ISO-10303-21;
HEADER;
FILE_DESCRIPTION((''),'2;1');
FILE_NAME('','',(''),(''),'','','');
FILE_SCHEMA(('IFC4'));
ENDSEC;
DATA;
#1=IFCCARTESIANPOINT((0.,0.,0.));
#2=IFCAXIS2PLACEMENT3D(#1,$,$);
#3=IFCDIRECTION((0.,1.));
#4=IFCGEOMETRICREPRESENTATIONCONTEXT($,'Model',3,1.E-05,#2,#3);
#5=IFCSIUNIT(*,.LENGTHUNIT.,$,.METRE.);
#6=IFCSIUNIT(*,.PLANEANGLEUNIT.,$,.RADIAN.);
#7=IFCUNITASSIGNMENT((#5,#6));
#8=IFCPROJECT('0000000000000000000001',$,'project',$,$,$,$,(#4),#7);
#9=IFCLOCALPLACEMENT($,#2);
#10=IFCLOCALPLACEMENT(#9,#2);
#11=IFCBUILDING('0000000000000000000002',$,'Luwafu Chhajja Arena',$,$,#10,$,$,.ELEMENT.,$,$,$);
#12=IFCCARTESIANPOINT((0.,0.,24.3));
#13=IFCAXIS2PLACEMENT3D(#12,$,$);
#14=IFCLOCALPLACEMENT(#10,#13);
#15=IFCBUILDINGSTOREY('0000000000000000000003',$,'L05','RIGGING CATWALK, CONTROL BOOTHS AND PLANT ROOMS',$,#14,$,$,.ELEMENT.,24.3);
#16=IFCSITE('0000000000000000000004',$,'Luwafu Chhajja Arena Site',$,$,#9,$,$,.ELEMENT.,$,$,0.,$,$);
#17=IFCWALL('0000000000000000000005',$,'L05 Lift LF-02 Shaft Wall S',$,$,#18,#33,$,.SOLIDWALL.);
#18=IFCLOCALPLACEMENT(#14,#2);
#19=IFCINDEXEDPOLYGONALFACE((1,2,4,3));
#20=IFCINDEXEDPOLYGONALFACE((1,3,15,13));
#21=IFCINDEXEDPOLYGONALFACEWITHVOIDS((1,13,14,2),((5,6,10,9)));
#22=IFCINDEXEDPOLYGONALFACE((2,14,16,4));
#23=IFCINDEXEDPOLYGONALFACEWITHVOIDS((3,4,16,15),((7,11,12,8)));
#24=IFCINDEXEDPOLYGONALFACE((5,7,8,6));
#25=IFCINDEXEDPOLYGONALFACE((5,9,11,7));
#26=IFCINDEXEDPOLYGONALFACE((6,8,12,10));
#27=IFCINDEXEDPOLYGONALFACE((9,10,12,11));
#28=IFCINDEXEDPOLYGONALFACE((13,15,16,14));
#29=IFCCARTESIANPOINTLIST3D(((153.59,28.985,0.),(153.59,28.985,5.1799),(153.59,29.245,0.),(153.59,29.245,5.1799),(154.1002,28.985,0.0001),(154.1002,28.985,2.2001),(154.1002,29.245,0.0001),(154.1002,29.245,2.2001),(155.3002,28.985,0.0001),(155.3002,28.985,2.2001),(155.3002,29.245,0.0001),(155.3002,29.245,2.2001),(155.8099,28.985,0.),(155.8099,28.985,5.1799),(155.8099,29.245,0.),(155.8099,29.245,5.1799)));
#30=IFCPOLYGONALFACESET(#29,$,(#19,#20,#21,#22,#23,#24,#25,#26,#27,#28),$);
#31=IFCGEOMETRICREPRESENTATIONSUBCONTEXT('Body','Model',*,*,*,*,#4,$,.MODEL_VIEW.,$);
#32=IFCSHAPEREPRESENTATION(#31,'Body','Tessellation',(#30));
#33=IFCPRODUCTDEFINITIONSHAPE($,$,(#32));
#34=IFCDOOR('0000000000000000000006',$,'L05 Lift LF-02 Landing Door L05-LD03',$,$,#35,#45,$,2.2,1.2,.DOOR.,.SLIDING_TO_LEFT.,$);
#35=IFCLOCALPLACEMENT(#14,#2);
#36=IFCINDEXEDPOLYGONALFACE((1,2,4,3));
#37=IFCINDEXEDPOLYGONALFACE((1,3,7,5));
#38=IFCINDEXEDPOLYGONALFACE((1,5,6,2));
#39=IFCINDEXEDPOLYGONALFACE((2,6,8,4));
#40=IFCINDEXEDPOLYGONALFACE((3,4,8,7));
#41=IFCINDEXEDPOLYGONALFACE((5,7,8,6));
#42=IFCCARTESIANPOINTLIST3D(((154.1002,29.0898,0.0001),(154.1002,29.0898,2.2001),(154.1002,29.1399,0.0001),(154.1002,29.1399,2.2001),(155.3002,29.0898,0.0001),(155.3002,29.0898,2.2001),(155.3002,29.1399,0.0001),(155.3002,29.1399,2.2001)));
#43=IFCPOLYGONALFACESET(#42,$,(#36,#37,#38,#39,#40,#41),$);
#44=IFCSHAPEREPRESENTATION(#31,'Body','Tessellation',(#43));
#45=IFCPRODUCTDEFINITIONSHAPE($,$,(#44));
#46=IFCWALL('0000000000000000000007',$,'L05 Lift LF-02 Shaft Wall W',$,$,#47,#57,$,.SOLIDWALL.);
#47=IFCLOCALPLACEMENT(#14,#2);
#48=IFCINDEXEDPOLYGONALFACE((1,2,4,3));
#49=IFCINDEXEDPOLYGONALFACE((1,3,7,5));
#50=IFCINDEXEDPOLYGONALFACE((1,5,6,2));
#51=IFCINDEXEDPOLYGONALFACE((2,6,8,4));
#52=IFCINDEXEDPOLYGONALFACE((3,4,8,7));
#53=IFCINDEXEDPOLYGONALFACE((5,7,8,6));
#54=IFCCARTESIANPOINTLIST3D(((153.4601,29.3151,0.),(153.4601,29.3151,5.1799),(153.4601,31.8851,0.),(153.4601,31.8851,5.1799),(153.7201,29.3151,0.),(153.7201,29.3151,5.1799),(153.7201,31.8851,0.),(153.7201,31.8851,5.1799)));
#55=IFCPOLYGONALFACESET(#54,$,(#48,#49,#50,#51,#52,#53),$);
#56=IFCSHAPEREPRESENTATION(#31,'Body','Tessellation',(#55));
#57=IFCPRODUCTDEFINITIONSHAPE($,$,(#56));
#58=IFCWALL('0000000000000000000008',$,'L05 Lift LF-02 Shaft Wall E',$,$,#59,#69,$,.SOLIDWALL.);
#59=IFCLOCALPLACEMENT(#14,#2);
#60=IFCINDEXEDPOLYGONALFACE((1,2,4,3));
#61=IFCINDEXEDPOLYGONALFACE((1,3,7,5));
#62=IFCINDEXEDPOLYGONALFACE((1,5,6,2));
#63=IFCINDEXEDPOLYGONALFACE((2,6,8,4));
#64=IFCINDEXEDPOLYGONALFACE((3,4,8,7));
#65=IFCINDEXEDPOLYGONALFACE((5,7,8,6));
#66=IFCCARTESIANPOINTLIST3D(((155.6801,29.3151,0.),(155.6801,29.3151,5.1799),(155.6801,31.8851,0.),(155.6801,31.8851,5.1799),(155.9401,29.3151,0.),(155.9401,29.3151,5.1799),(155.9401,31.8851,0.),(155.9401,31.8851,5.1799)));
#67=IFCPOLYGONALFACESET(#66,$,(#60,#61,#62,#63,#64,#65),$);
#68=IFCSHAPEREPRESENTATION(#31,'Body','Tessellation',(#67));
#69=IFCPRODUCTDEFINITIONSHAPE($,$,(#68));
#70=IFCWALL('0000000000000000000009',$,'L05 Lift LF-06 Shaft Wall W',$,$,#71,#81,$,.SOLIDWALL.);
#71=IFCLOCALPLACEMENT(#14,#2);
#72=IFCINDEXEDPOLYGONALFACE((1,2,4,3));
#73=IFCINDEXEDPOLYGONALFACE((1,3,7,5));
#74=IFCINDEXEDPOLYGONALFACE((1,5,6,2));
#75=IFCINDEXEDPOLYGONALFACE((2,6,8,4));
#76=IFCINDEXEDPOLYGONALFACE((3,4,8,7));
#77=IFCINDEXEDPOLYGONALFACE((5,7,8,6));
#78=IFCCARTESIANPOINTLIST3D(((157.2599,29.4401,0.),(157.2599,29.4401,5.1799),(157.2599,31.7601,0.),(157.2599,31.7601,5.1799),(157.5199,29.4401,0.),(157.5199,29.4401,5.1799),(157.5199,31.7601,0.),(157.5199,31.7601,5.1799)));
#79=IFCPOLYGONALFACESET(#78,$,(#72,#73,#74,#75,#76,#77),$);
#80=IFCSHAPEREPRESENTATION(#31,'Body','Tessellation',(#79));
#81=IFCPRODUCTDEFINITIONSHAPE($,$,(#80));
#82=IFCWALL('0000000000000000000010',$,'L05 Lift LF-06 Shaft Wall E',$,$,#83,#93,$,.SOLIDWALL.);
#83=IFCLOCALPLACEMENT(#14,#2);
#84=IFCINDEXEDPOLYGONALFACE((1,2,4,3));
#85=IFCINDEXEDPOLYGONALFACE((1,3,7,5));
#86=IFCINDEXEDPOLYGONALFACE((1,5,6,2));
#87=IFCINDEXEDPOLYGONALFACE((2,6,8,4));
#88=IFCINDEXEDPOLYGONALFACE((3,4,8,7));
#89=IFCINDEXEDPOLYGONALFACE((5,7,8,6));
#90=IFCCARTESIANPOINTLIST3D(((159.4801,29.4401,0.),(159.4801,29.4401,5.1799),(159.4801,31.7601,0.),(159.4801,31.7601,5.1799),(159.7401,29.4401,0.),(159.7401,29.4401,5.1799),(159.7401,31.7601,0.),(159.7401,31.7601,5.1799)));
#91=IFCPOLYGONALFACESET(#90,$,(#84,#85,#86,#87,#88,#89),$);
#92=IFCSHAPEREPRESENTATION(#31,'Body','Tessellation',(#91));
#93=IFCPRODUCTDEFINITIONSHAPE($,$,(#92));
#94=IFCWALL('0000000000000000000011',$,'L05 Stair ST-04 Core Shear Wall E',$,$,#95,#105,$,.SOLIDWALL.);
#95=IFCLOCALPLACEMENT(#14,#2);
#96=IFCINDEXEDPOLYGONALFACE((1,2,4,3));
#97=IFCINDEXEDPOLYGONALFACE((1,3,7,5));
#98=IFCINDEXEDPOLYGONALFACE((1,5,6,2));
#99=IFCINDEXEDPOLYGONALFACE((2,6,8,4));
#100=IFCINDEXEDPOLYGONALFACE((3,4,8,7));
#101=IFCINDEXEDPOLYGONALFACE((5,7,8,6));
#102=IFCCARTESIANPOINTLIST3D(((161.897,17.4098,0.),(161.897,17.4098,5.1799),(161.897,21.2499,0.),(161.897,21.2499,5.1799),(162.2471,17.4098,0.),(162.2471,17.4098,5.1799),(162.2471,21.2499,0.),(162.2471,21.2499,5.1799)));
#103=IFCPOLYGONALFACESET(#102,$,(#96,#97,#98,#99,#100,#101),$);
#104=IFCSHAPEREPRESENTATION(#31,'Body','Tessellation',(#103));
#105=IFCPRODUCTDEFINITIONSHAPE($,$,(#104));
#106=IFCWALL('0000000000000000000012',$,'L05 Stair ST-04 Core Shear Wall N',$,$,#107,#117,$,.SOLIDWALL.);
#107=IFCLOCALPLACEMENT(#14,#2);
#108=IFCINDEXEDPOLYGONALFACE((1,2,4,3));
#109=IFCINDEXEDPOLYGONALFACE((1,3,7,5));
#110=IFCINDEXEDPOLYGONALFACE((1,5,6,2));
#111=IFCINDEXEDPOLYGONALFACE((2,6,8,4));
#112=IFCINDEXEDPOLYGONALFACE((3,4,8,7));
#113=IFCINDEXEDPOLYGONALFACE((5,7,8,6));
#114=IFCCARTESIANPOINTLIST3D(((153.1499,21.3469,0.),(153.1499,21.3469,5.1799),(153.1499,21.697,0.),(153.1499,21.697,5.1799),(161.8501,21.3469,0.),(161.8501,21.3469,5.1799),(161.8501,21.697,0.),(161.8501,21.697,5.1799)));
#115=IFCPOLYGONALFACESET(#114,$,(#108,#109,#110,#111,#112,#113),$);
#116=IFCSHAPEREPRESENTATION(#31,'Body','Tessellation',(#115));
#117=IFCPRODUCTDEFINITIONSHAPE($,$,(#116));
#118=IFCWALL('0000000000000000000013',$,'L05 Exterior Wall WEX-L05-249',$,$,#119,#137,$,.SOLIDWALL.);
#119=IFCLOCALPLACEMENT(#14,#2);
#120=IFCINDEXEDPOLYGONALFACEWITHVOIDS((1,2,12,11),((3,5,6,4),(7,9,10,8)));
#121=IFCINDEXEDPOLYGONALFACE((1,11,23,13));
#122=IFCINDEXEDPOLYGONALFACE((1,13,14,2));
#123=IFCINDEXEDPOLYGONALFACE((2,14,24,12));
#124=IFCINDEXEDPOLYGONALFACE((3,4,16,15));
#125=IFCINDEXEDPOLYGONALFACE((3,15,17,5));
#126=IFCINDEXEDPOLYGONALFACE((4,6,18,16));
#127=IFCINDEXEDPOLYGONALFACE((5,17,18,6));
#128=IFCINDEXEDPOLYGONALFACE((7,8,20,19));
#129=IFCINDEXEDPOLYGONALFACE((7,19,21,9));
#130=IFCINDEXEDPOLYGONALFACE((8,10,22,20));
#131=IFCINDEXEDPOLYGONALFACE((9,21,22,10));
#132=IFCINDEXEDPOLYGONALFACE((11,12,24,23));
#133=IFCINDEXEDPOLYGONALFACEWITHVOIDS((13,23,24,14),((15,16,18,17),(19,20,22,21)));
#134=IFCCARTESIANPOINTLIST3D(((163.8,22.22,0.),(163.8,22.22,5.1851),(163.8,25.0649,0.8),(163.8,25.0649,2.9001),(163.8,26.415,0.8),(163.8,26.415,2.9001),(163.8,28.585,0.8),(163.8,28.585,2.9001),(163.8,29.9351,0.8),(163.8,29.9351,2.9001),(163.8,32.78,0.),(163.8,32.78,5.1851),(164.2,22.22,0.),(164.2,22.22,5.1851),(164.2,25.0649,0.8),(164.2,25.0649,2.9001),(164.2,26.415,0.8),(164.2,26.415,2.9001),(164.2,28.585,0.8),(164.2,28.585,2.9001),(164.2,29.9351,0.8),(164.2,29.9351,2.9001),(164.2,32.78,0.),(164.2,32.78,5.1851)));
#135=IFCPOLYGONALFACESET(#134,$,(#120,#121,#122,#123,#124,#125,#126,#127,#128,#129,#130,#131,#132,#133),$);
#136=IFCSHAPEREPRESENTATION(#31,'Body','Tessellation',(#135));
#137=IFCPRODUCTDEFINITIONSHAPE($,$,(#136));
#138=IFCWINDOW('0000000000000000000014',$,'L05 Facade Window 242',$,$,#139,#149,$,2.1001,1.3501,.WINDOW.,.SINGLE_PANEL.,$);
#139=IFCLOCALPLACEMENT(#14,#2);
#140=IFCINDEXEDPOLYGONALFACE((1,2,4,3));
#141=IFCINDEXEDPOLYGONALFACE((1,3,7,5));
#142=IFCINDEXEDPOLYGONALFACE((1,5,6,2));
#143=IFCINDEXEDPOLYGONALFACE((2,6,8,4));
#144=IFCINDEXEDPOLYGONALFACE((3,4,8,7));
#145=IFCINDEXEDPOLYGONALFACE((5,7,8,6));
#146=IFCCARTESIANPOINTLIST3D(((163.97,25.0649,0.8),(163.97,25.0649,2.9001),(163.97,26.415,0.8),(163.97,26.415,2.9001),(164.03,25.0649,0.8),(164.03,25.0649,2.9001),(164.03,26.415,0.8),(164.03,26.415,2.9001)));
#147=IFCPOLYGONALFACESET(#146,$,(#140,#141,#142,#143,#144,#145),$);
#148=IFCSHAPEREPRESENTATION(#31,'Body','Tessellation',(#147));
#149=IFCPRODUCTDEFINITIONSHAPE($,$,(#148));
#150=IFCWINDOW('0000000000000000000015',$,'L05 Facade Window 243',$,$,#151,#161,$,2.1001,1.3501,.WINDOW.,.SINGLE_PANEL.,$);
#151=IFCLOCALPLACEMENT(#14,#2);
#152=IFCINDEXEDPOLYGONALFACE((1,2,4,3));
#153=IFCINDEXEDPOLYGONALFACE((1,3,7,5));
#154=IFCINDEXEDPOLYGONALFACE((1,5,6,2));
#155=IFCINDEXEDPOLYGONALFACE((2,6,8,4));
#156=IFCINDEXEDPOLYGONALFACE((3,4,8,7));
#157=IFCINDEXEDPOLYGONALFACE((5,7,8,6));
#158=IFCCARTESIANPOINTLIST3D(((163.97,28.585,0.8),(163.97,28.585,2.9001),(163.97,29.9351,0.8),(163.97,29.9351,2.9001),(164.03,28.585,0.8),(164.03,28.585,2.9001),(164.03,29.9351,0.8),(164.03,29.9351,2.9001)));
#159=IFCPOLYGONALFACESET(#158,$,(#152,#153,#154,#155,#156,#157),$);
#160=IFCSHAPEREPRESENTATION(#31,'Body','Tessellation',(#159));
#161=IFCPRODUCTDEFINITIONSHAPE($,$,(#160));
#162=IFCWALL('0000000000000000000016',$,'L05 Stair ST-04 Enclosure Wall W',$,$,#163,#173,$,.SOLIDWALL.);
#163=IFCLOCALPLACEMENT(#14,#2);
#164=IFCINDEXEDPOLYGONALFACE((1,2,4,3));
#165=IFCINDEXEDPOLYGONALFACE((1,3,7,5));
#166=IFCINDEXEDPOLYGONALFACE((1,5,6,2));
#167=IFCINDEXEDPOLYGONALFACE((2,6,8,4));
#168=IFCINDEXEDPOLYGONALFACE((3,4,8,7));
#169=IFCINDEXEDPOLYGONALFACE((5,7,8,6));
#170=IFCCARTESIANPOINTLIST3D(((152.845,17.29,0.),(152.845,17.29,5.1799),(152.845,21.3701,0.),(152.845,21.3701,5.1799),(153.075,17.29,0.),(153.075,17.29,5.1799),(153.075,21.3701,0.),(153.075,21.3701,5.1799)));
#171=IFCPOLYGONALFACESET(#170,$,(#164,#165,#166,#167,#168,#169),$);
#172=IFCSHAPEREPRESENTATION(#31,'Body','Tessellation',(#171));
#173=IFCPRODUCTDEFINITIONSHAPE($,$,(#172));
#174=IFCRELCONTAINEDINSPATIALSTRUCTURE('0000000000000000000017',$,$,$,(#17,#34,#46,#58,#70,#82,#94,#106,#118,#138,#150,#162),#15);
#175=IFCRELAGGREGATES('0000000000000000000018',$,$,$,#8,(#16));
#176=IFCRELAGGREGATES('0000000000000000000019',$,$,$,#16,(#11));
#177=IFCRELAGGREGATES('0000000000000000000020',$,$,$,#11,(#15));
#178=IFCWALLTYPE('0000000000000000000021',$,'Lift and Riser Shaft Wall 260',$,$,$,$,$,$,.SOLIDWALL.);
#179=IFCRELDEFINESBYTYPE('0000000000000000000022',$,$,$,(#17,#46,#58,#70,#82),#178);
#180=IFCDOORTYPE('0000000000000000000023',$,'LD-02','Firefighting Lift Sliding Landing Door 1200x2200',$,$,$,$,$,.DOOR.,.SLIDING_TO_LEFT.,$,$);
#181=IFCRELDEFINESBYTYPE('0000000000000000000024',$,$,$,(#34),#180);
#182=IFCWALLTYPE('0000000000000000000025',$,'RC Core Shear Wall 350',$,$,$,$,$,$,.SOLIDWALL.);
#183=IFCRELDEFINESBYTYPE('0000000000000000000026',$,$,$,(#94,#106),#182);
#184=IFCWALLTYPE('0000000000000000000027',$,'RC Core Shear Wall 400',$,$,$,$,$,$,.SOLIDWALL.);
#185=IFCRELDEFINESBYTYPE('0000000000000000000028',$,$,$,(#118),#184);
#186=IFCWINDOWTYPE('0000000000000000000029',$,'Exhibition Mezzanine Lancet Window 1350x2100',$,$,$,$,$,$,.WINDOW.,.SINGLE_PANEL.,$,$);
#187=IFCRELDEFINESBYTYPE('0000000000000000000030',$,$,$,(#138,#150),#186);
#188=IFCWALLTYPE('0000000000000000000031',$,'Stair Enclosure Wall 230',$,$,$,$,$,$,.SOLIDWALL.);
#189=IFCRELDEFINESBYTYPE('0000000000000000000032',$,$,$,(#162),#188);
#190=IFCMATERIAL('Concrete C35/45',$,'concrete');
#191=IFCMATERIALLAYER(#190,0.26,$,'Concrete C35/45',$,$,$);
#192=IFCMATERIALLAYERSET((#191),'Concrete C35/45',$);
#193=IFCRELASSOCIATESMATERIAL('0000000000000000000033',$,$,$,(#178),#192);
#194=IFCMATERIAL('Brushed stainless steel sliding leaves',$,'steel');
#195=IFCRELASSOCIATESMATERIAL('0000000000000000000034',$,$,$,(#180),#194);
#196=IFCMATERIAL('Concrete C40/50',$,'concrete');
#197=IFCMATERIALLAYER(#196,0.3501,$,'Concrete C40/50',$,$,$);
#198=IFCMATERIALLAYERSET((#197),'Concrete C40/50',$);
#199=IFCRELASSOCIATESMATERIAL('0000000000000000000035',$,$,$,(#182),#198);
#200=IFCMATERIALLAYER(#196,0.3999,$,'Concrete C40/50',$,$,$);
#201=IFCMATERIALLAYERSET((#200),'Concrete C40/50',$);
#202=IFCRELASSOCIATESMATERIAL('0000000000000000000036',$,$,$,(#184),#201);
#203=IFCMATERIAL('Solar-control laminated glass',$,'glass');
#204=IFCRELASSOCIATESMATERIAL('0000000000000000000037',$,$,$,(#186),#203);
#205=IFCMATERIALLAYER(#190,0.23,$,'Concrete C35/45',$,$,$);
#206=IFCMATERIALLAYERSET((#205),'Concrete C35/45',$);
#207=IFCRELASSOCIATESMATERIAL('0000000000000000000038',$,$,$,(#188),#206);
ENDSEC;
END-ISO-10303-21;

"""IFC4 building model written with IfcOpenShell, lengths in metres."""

from ifc_helpers import new_model, si_unit, direction, frame, frame_2d, origin, place, context, subcontext, project, spatial, rectangle, extrude, material, layer, layer_set, type_object, element, fill, save


model = new_model("IFC4")

# Units and contexts
model_context = context("Model", 3, precision=1e-05, world=origin(), true_north=direction((0.0, 1.0)))
body_context = subcontext(model_context, "Body", "Model", "MODEL_VIEW")
ifc_project = project(units=[si_unit("LENGTHUNIT", "METRE"), si_unit("PLANEANGLEUNIT", "RADIAN")], contexts=[model_context])

# Site, building, storey
site_placement = place(None, origin())
site = spatial("IfcSite", under=ifc_project, at=site_placement, Name="Luwafu Chhajja Arena Site", CompositionType="ELEMENT", RefElevation=0.0)
building_placement = place(site_placement, origin())
building = spatial("IfcBuilding", under=site, at=building_placement, Name="Luwafu Chhajja Arena", CompositionType="ELEMENT")
storey_placement = place(building_placement, frame((0.0, 0.0, 24.3)))
storey = spatial("IfcBuildingStorey", under=building, at=storey_placement, Name="L05", Description="RIGGING CATWALK, CONTROL BOOTHS AND PLANT ROOMS", CompositionType="ELEMENT", Elevation=24.3)

# Shared definitions
ifc_material_1 = material(Name="Concrete C35/45", Category="concrete")
ifc_material_2 = material(Name="Concrete C40/50", Category="concrete")

# Wall, opening, door
ifc_layer_1 = layer(ifc_material_1, 0.26, Name="Concrete C35/45")
ifc_layer_set_1 = layer_set([ifc_layer_1], Name="Concrete C35/45")
wall_type_1 = type_object("IfcWallType", Name="Lift and Riser Shaft Wall 260", PredefinedType="SOLIDWALL", material=ifc_layer_set_1)
wall_1_placement = place(storey_placement, frame((153.5901, 29.115, 0.0), z_axis=(0.0, 0.0, 1.0), x_axis=(1.0, 0.0, 0.0)))
wall_1 = element("IfcWall", 1, at=wall_1_placement, inside=storey, type_object=wall_type_1, Name="L05 Lift LF-02 Shaft Wall S", PredefinedType="SOLIDWALL", context=body_context, shape_type="SweptSolid", body=[
    extrude(rectangle(XDim=2.22, YDim=0.26, at=frame_2d((1.1099, 0.0))), origin(), (0.0, 0.0, 1.0), 5.1799),
])
opening_1_placement = place(wall_1_placement, frame((0.51, 0.0, 0.0)))
opening_1 = element("IfcOpeningElement", 2, at=opening_1_placement, cuts=wall_1, PredefinedType="OPENING", context=body_context, shape_type="SweptSolid", body=[
    extrude(rectangle(XDim=1.2, YDim=2.2, at=frame_2d((0.6001, 1.1001))), frame((0.0, 0.1399, 0.0), z_axis=(0.0, -1.0, 0.0), x_axis=(1.0, 0.0, 0.0)), (0.0, 0.0, 1.0), 0.28),
])
ifc_material_3 = material(Name="Brushed stainless steel sliding leaves", Category="steel")
door_type_1 = type_object("IfcDoorType", Name="LD-02", Description="Firefighting Lift Sliding Landing Door 1200x2200", OperationType="SLIDING_TO_LEFT", PredefinedType="DOOR", material=ifc_material_3)
door_1_placement = place(opening_1_placement, origin())
door_1 = element("IfcDoor", 3, at=door_1_placement, inside=storey, type_object=door_type_1, Name="L05 Lift LF-02 Landing Door L05-LD03", OperationType="SLIDING_TO_LEFT", OverallHeight=2.2, OverallWidth=1.2, PredefinedType="DOOR", context=body_context, shape_type="SweptSolid", body=[
    extrude(rectangle(XDim=1.2, YDim=2.2, at=frame_2d((0.6001, 1.1001))), frame((0.0, 0.0249, 0.0), z_axis=(0.0, -1.0, 0.0), x_axis=(1.0, 0.0, 0.0)), (0.0, 0.0, 1.0), 0.05),
])
fill(opening_1, door_1)

# Walls
for number, where, z_axis, x_axis, name in (
    (4, (153.5901, 29.3149, 0.0), (0.0, 0.0, 1.0), (0.0, 1.0, 0.0), "L05 Lift LF-02 Shaft Wall W"),
    (5, (155.8101, 29.3149, 0.0), (0.0, 0.0, 1.0), (0.0, 1.0, 0.0), "L05 Lift LF-02 Shaft Wall E"),
):
    element("IfcWall", number, at=place(storey_placement, frame(where, z_axis=z_axis, x_axis=x_axis)), inside=storey, type_object=wall_type_1, Name=name, PredefinedType="SOLIDWALL", context=body_context, shape_type="SweptSolid", body=[
        extrude(rectangle(XDim=2.5701, YDim=0.26, at=frame_2d((1.2852, 0.0))), origin(), (0.0, 0.0, 1.0), 5.1799),
    ])

# Walls
for number, where, z_axis, x_axis, name in (
    (6, (157.3899, 29.4399, 0.0), (0.0, 0.0, 1.0), (0.0, 1.0, 0.0), "L05 Lift LF-06 Shaft Wall W"),
    (7, (159.6101, 29.4399, 0.0), (0.0, 0.0, 1.0), (0.0, 1.0, 0.0), "L05 Lift LF-06 Shaft Wall E"),
):
    element("IfcWall", number, at=place(storey_placement, frame(where, z_axis=z_axis, x_axis=x_axis)), inside=storey, type_object=wall_type_1, Name=name, PredefinedType="SOLIDWALL", context=body_context, shape_type="SweptSolid", body=[
        extrude(rectangle(XDim=2.3201, YDim=0.26, at=frame_2d((1.1602, 0.0))), origin(), (0.0, 0.0, 1.0), 5.1799),
    ])
ifc_layer_2 = layer(ifc_material_2, 0.3501, Name="Concrete C40/50")
ifc_layer_set_2 = layer_set([ifc_layer_2], Name="Concrete C40/50")
wall_type_2 = type_object("IfcWallType", Name="RC Core Shear Wall 350", PredefinedType="SOLIDWALL", material=ifc_layer_set_2)
wall_2_placement = place(storey_placement, frame((162.072, 17.4099, 0.0), z_axis=(0.0, 0.0, 1.0), x_axis=(0.0, 1.0, 0.0)))
element("IfcWall", 8, at=wall_2_placement, inside=storey, type_object=wall_type_2, Name="L05 Stair ST-04 Core Shear Wall E", PredefinedType="SOLIDWALL", context=body_context, shape_type="SweptSolid", body=[
    extrude(rectangle(XDim=3.8401, YDim=0.3501, at=frame_2d((1.9199, 0.0))), origin(), (0.0, 0.0, 1.0), 5.1799),
])
wall_3_placement = place(storey_placement, frame((153.1499, 21.522, 0.0), z_axis=(0.0, 0.0, 1.0), x_axis=(1.0, 0.0, 0.0)))
element("IfcWall", 9, at=wall_3_placement, inside=storey, type_object=wall_type_2, Name="L05 Stair ST-04 Core Shear Wall N", PredefinedType="SOLIDWALL", context=body_context, shape_type="SweptSolid", body=[
    extrude(rectangle(XDim=8.7002, YDim=0.3501, at=frame_2d((4.3501, 0.0))), origin(), (0.0, 0.0, 1.0), 5.1799),
])

# Wall, openings, windows
ifc_layer_3 = layer(ifc_material_2, 0.3999, Name="Concrete C40/50")
ifc_layer_set_3 = layer_set([ifc_layer_3], Name="Concrete C40/50")
wall_type_3 = type_object("IfcWallType", Name="RC Core Shear Wall 400", PredefinedType="SOLIDWALL", material=ifc_layer_set_3)
wall_4_placement = place(storey_placement, frame((164.0, 22.22, 0.0), z_axis=(0.0, 0.0, 1.0), x_axis=(0.0, 1.0, 0.0)))
wall_4 = element("IfcWall", 10, at=wall_4_placement, inside=storey, type_object=wall_type_3, Name="L05 Exterior Wall WEX-L05-249", PredefinedType="SOLIDWALL", context=body_context, shape_type="SweptSolid", body=[
    extrude(rectangle(XDim=10.5601, YDim=0.3999, at=frame_2d((5.28, 0.0))), origin(), (0.0, 0.0, 1.0), 5.1851),
])
opening_2_placement = place(wall_4_placement, frame((2.845, 0.0, 0.8)))
opening_2 = element("IfcOpeningElement", 11, at=opening_2_placement, cuts=wall_4, PredefinedType="OPENING", context=body_context, shape_type="SweptSolid", body=[
    extrude(rectangle(XDim=1.3501, YDim=2.1001, at=frame_2d((0.675, 1.05))), frame((0.0, 0.21, 0.0), z_axis=(0.0, -1.0, 0.0), x_axis=(1.0, 0.0, 0.0)), (0.0, 0.0, 1.0), 0.4199),
])
opening_3_placement = place(wall_4_placement, frame((6.365, 0.0, 0.8)))
opening_3 = element("IfcOpeningElement", 12, at=opening_3_placement, cuts=wall_4, PredefinedType="OPENING", context=body_context, shape_type="SweptSolid", body=[
    extrude(rectangle(XDim=1.3501, YDim=2.1001, at=frame_2d((0.675, 1.05))), frame((0.0, 0.21, 0.0), z_axis=(0.0, -1.0, 0.0), x_axis=(1.0, 0.0, 0.0)), (0.0, 0.0, 1.0), 0.4199),
])
ifc_material_4 = material(Name="Solar-control laminated glass", Category="glass")
window_type = type_object("IfcWindowType", Name="Exhibition Mezzanine Lancet Window 1350x2100", PartitioningType="SINGLE_PANEL", PredefinedType="WINDOW", material=ifc_material_4)
window_1_placement = place(opening_2_placement, origin())
window_1 = element("IfcWindow", 13, at=window_1_placement, inside=storey, type_object=window_type, Name="L05 Facade Window 242", OverallHeight=2.1001, OverallWidth=1.3501, PartitioningType="SINGLE_PANEL", PredefinedType="WINDOW", context=body_context, shape_type="SweptSolid", body=[
    extrude(rectangle(XDim=1.3501, YDim=2.1001, at=frame_2d((0.675, 1.05))), frame((0.0, 0.03, 0.0), z_axis=(0.0, -1.0, 0.0), x_axis=(1.0, 0.0, 0.0)), (0.0, 0.0, 1.0), 0.0601),
])
fill(opening_2, window_1)
window_2_placement = place(opening_3_placement, origin())
window_2 = element("IfcWindow", 14, at=window_2_placement, inside=storey, type_object=window_type, Name="L05 Facade Window 243", OverallHeight=2.1001, OverallWidth=1.3501, PartitioningType="SINGLE_PANEL", PredefinedType="WINDOW", context=body_context, shape_type="SweptSolid", body=[
    extrude(rectangle(XDim=1.3501, YDim=2.1001, at=frame_2d((0.675, 1.05))), frame((0.0, 0.03, 0.0), z_axis=(0.0, -1.0, 0.0), x_axis=(1.0, 0.0, 0.0)), (0.0, 0.0, 1.0), 0.0601),
])
fill(opening_3, window_2)

# Wall
ifc_layer_4 = layer(ifc_material_1, 0.23, Name="Concrete C35/45")
ifc_layer_set_4 = layer_set([ifc_layer_4], Name="Concrete C35/45")
wall_type_4 = type_object("IfcWallType", Name="Stair Enclosure Wall 230", PredefinedType="SOLIDWALL", material=ifc_layer_set_4)
wall_5_placement = place(storey_placement, frame((152.96, 17.29, 0.0), z_axis=(0.0, 0.0, 1.0), x_axis=(0.0, 1.0, 0.0)))
element("IfcWall", 15, at=wall_5_placement, inside=storey, type_object=wall_type_4, Name="L05 Stair ST-04 Enclosure Wall W", PredefinedType="SOLIDWALL", context=body_context, shape_type="SweptSolid", body=[
    extrude(rectangle(XDim=4.0801, YDim=0.23, at=frame_2d((2.04, 0.0))), origin(), (0.0, 0.0, 1.0), 5.1799),
])

save(model, "model.ifc")
